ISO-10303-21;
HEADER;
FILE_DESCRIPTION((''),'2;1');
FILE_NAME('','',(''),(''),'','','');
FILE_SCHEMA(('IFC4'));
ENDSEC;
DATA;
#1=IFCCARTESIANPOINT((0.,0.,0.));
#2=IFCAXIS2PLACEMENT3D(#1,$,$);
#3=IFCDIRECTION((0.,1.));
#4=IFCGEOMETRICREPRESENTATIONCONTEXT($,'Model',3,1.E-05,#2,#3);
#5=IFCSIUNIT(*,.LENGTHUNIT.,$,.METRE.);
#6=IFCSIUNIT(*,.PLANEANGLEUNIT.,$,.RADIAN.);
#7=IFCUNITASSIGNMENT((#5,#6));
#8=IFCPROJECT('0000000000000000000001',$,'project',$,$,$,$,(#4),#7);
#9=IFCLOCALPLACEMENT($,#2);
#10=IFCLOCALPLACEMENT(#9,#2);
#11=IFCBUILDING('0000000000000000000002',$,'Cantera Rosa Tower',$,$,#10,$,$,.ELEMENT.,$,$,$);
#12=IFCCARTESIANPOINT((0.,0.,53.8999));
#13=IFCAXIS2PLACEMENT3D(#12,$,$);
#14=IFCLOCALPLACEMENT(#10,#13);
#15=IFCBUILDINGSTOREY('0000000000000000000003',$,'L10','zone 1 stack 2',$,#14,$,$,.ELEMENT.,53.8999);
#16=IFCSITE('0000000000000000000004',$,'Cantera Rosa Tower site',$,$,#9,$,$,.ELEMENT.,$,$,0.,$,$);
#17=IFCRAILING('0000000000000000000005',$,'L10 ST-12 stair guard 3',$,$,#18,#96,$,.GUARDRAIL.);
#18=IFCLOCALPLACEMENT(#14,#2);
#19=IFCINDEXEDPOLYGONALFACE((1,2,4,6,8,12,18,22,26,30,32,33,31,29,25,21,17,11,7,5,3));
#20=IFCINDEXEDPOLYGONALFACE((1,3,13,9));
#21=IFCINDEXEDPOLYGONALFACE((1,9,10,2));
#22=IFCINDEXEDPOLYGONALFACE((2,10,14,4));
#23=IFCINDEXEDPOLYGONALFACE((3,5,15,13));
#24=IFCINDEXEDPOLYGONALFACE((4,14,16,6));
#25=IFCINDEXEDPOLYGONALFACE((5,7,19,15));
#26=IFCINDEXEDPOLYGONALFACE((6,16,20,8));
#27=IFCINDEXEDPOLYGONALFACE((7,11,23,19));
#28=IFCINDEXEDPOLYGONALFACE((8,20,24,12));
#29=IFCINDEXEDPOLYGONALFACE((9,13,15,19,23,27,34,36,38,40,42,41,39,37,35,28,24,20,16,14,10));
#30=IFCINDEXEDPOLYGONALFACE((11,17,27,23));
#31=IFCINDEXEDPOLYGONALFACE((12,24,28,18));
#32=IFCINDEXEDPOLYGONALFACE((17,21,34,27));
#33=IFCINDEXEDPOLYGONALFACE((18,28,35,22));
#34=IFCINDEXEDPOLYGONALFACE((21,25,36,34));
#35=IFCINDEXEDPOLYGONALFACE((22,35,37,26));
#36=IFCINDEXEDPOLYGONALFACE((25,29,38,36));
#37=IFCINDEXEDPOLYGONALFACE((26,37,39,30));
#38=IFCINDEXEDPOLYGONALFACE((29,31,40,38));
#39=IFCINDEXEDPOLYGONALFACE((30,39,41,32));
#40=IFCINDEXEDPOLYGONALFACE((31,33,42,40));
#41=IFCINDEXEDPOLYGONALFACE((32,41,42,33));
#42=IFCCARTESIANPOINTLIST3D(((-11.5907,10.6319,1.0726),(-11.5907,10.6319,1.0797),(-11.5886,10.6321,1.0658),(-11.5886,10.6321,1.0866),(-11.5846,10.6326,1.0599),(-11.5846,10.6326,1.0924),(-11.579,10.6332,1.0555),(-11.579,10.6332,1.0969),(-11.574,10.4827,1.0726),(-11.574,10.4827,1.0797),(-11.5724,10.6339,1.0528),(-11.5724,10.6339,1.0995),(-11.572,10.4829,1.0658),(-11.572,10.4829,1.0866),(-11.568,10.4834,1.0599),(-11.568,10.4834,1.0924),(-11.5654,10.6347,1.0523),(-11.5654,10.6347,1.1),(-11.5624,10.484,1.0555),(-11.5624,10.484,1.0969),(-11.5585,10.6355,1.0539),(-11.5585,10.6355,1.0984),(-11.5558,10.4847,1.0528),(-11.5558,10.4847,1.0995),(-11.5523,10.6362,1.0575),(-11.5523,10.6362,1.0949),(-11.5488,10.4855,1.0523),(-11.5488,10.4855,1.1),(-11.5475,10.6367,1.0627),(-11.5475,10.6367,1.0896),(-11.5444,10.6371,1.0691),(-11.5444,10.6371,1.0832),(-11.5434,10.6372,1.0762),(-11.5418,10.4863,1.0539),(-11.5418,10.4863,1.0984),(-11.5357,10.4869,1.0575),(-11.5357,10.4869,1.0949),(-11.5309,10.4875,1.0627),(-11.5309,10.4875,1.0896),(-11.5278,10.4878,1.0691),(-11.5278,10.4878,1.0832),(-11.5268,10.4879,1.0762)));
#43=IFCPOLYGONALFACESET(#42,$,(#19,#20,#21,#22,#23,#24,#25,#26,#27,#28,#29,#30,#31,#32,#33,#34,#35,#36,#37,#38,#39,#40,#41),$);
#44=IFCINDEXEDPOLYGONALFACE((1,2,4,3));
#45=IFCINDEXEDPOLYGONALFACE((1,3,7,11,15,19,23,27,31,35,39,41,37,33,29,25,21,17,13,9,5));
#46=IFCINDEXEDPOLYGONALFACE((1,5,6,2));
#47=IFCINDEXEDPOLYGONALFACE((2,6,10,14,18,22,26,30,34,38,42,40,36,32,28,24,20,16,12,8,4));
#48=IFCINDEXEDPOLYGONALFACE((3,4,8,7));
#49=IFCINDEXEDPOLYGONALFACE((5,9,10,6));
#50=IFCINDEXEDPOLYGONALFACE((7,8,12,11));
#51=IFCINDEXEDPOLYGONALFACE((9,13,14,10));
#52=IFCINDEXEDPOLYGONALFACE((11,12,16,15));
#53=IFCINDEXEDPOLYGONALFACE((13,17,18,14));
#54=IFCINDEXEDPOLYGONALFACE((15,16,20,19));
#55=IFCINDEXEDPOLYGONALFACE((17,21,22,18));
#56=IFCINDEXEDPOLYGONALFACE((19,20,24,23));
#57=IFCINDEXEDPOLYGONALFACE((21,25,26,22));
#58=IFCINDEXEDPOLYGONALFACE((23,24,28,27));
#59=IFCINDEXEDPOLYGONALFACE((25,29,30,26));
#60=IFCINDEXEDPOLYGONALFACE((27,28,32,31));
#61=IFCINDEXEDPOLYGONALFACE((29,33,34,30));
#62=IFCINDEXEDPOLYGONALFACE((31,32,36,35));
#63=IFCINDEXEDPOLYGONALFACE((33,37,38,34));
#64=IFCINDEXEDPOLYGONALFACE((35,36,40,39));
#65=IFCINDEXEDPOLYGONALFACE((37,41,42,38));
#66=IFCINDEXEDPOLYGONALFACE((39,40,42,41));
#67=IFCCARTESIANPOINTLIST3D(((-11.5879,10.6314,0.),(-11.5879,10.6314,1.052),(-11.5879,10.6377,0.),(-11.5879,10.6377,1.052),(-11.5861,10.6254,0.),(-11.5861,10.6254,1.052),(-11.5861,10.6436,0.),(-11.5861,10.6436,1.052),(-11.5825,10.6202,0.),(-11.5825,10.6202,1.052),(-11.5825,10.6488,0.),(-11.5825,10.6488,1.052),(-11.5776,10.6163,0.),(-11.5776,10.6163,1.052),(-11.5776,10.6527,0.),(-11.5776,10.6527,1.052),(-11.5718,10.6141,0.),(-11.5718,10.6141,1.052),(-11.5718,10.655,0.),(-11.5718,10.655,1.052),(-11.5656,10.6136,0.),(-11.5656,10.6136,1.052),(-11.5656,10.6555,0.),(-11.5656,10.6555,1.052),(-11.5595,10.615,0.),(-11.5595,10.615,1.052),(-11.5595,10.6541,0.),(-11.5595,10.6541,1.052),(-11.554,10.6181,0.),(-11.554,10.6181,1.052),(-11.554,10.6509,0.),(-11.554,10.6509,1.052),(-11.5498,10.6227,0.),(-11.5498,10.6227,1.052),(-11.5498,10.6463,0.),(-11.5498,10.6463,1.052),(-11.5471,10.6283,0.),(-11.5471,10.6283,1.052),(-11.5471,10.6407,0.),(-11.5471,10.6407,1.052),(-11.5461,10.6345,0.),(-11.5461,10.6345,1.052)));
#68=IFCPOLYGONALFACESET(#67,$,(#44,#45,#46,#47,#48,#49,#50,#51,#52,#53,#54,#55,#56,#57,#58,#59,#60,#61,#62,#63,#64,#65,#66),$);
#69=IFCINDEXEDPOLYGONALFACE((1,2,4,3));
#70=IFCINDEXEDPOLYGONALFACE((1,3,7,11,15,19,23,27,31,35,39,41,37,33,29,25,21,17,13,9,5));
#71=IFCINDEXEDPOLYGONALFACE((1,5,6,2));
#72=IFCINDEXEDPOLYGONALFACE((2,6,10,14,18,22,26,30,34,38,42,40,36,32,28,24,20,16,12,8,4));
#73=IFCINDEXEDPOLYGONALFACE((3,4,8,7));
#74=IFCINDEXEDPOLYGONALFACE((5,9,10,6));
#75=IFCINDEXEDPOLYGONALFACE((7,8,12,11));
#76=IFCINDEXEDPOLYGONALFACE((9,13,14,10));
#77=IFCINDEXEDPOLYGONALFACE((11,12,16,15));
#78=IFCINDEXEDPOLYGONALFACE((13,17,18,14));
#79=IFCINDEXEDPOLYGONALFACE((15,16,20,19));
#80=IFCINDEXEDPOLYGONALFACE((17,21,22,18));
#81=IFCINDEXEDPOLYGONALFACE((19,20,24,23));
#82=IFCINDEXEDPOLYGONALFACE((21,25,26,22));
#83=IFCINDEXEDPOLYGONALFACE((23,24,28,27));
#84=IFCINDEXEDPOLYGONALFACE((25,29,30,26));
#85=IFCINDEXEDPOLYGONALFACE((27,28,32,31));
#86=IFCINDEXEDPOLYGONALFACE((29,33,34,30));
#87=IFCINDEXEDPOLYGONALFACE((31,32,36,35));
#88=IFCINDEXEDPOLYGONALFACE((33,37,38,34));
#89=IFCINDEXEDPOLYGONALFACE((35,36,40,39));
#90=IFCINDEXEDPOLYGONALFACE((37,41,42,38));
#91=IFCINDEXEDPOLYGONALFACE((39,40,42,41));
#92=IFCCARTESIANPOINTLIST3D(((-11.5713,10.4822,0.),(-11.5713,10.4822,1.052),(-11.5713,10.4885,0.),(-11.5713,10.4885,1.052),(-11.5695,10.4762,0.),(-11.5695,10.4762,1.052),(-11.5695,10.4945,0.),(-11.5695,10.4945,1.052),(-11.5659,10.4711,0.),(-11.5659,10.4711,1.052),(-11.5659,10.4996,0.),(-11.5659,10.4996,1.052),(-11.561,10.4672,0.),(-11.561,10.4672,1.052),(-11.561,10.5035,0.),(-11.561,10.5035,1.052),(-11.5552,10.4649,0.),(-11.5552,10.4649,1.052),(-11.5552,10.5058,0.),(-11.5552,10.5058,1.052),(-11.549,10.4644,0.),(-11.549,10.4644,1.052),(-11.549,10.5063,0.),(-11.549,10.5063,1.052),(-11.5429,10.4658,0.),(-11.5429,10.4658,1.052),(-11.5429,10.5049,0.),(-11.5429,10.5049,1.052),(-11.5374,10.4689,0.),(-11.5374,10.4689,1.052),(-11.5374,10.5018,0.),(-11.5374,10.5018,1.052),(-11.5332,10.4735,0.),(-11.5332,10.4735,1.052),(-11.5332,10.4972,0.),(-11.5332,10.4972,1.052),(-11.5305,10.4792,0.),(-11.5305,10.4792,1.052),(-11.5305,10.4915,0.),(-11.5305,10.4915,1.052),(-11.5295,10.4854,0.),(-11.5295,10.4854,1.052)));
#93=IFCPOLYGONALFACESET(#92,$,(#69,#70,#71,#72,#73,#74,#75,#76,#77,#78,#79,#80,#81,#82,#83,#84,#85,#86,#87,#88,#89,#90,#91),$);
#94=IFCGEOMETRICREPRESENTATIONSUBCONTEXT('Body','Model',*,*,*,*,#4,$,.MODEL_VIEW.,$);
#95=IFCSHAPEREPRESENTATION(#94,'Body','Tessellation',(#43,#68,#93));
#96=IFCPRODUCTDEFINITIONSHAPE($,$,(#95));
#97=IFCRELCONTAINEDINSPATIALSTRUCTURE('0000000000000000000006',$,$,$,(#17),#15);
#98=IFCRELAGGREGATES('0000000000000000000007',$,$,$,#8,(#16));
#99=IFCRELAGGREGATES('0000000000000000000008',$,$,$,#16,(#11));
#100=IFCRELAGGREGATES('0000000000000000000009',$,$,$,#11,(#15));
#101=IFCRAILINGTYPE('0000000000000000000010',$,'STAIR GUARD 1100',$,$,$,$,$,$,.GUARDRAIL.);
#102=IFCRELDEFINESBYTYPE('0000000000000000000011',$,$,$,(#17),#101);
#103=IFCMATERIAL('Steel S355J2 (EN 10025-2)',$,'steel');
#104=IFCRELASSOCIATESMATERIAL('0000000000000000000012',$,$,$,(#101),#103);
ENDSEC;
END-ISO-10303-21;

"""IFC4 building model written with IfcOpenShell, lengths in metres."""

from ifc_helpers import new_model, si_unit, direction, frame, origin, origin_2d, place, context, subcontext, project, spatial, circle, extrude, material, type_object, element, save


model = new_model("IFC4")

# Units and contexts
model_context = context("Model", 3, precision=1e-05, world=origin(), true_north=direction((0.0, 1.0)))
body_context = subcontext(model_context, "Body", "Model", "MODEL_VIEW")
ifc_project = project(units=[si_unit("LENGTHUNIT", "METRE"), si_unit("PLANEANGLEUNIT", "RADIAN")], contexts=[model_context])

# Site, building, storey
site_placement = place(None, origin())
site = spatial("IfcSite", under=ifc_project, at=site_placement, Name="Cantera Rosa Tower site", CompositionType="ELEMENT", RefElevation=0.0)
building_placement = place(site_placement, origin())
building = spatial("IfcBuilding", under=site, at=building_placement, Name="Cantera Rosa Tower", CompositionType="ELEMENT")
storey_placement = place(building_placement, frame((0.0, 0.0, 53.8999)))
storey = spatial("IfcBuildingStorey", under=building, at=storey_placement, Name="L10", Description="zone 1 stack 2", CompositionType="ELEMENT", Elevation=53.8999)

# Railing
ifc_material_1 = material(Name="Steel S355J2 (EN 10025-2)", Category="steel")
railing_type_1 = type_object("IfcRailingType", Name="STAIR GUARD 1100", PredefinedType="GUARDRAIL", material=ifc_material_1)
railing_1_placement = place(storey_placement, frame((-11.5671, 10.6345, 0.0)))
element("IfcRailing", 1, at=railing_1_placement, inside=storey, type_object=railing_type_1, Name="L10 ST-12 stair guard 3", PredefinedType="GUARDRAIL", context=body_context, shape_type="SweptSolid", body=[
    extrude(circle(Radius=0.0239, at=origin_2d()), frame((0.0, 0.0, 1.0762), z_axis=(0.11061, -0.993864, 0.0), x_axis=(0.993864, 0.11061, 0.0)), (0.0, 0.0, 1.0), 0.1501),
    extrude(circle(Radius=0.021, at=origin_2d()), origin(), (0.0, 0.0, 1.0), 1.052),
    extrude(circle(Radius=0.021, at=origin_2d()), frame((0.0166, -0.1492, 0.0)), (0.0, 0.0, 1.0), 1.052),
])

save(model, "model.ifc")
